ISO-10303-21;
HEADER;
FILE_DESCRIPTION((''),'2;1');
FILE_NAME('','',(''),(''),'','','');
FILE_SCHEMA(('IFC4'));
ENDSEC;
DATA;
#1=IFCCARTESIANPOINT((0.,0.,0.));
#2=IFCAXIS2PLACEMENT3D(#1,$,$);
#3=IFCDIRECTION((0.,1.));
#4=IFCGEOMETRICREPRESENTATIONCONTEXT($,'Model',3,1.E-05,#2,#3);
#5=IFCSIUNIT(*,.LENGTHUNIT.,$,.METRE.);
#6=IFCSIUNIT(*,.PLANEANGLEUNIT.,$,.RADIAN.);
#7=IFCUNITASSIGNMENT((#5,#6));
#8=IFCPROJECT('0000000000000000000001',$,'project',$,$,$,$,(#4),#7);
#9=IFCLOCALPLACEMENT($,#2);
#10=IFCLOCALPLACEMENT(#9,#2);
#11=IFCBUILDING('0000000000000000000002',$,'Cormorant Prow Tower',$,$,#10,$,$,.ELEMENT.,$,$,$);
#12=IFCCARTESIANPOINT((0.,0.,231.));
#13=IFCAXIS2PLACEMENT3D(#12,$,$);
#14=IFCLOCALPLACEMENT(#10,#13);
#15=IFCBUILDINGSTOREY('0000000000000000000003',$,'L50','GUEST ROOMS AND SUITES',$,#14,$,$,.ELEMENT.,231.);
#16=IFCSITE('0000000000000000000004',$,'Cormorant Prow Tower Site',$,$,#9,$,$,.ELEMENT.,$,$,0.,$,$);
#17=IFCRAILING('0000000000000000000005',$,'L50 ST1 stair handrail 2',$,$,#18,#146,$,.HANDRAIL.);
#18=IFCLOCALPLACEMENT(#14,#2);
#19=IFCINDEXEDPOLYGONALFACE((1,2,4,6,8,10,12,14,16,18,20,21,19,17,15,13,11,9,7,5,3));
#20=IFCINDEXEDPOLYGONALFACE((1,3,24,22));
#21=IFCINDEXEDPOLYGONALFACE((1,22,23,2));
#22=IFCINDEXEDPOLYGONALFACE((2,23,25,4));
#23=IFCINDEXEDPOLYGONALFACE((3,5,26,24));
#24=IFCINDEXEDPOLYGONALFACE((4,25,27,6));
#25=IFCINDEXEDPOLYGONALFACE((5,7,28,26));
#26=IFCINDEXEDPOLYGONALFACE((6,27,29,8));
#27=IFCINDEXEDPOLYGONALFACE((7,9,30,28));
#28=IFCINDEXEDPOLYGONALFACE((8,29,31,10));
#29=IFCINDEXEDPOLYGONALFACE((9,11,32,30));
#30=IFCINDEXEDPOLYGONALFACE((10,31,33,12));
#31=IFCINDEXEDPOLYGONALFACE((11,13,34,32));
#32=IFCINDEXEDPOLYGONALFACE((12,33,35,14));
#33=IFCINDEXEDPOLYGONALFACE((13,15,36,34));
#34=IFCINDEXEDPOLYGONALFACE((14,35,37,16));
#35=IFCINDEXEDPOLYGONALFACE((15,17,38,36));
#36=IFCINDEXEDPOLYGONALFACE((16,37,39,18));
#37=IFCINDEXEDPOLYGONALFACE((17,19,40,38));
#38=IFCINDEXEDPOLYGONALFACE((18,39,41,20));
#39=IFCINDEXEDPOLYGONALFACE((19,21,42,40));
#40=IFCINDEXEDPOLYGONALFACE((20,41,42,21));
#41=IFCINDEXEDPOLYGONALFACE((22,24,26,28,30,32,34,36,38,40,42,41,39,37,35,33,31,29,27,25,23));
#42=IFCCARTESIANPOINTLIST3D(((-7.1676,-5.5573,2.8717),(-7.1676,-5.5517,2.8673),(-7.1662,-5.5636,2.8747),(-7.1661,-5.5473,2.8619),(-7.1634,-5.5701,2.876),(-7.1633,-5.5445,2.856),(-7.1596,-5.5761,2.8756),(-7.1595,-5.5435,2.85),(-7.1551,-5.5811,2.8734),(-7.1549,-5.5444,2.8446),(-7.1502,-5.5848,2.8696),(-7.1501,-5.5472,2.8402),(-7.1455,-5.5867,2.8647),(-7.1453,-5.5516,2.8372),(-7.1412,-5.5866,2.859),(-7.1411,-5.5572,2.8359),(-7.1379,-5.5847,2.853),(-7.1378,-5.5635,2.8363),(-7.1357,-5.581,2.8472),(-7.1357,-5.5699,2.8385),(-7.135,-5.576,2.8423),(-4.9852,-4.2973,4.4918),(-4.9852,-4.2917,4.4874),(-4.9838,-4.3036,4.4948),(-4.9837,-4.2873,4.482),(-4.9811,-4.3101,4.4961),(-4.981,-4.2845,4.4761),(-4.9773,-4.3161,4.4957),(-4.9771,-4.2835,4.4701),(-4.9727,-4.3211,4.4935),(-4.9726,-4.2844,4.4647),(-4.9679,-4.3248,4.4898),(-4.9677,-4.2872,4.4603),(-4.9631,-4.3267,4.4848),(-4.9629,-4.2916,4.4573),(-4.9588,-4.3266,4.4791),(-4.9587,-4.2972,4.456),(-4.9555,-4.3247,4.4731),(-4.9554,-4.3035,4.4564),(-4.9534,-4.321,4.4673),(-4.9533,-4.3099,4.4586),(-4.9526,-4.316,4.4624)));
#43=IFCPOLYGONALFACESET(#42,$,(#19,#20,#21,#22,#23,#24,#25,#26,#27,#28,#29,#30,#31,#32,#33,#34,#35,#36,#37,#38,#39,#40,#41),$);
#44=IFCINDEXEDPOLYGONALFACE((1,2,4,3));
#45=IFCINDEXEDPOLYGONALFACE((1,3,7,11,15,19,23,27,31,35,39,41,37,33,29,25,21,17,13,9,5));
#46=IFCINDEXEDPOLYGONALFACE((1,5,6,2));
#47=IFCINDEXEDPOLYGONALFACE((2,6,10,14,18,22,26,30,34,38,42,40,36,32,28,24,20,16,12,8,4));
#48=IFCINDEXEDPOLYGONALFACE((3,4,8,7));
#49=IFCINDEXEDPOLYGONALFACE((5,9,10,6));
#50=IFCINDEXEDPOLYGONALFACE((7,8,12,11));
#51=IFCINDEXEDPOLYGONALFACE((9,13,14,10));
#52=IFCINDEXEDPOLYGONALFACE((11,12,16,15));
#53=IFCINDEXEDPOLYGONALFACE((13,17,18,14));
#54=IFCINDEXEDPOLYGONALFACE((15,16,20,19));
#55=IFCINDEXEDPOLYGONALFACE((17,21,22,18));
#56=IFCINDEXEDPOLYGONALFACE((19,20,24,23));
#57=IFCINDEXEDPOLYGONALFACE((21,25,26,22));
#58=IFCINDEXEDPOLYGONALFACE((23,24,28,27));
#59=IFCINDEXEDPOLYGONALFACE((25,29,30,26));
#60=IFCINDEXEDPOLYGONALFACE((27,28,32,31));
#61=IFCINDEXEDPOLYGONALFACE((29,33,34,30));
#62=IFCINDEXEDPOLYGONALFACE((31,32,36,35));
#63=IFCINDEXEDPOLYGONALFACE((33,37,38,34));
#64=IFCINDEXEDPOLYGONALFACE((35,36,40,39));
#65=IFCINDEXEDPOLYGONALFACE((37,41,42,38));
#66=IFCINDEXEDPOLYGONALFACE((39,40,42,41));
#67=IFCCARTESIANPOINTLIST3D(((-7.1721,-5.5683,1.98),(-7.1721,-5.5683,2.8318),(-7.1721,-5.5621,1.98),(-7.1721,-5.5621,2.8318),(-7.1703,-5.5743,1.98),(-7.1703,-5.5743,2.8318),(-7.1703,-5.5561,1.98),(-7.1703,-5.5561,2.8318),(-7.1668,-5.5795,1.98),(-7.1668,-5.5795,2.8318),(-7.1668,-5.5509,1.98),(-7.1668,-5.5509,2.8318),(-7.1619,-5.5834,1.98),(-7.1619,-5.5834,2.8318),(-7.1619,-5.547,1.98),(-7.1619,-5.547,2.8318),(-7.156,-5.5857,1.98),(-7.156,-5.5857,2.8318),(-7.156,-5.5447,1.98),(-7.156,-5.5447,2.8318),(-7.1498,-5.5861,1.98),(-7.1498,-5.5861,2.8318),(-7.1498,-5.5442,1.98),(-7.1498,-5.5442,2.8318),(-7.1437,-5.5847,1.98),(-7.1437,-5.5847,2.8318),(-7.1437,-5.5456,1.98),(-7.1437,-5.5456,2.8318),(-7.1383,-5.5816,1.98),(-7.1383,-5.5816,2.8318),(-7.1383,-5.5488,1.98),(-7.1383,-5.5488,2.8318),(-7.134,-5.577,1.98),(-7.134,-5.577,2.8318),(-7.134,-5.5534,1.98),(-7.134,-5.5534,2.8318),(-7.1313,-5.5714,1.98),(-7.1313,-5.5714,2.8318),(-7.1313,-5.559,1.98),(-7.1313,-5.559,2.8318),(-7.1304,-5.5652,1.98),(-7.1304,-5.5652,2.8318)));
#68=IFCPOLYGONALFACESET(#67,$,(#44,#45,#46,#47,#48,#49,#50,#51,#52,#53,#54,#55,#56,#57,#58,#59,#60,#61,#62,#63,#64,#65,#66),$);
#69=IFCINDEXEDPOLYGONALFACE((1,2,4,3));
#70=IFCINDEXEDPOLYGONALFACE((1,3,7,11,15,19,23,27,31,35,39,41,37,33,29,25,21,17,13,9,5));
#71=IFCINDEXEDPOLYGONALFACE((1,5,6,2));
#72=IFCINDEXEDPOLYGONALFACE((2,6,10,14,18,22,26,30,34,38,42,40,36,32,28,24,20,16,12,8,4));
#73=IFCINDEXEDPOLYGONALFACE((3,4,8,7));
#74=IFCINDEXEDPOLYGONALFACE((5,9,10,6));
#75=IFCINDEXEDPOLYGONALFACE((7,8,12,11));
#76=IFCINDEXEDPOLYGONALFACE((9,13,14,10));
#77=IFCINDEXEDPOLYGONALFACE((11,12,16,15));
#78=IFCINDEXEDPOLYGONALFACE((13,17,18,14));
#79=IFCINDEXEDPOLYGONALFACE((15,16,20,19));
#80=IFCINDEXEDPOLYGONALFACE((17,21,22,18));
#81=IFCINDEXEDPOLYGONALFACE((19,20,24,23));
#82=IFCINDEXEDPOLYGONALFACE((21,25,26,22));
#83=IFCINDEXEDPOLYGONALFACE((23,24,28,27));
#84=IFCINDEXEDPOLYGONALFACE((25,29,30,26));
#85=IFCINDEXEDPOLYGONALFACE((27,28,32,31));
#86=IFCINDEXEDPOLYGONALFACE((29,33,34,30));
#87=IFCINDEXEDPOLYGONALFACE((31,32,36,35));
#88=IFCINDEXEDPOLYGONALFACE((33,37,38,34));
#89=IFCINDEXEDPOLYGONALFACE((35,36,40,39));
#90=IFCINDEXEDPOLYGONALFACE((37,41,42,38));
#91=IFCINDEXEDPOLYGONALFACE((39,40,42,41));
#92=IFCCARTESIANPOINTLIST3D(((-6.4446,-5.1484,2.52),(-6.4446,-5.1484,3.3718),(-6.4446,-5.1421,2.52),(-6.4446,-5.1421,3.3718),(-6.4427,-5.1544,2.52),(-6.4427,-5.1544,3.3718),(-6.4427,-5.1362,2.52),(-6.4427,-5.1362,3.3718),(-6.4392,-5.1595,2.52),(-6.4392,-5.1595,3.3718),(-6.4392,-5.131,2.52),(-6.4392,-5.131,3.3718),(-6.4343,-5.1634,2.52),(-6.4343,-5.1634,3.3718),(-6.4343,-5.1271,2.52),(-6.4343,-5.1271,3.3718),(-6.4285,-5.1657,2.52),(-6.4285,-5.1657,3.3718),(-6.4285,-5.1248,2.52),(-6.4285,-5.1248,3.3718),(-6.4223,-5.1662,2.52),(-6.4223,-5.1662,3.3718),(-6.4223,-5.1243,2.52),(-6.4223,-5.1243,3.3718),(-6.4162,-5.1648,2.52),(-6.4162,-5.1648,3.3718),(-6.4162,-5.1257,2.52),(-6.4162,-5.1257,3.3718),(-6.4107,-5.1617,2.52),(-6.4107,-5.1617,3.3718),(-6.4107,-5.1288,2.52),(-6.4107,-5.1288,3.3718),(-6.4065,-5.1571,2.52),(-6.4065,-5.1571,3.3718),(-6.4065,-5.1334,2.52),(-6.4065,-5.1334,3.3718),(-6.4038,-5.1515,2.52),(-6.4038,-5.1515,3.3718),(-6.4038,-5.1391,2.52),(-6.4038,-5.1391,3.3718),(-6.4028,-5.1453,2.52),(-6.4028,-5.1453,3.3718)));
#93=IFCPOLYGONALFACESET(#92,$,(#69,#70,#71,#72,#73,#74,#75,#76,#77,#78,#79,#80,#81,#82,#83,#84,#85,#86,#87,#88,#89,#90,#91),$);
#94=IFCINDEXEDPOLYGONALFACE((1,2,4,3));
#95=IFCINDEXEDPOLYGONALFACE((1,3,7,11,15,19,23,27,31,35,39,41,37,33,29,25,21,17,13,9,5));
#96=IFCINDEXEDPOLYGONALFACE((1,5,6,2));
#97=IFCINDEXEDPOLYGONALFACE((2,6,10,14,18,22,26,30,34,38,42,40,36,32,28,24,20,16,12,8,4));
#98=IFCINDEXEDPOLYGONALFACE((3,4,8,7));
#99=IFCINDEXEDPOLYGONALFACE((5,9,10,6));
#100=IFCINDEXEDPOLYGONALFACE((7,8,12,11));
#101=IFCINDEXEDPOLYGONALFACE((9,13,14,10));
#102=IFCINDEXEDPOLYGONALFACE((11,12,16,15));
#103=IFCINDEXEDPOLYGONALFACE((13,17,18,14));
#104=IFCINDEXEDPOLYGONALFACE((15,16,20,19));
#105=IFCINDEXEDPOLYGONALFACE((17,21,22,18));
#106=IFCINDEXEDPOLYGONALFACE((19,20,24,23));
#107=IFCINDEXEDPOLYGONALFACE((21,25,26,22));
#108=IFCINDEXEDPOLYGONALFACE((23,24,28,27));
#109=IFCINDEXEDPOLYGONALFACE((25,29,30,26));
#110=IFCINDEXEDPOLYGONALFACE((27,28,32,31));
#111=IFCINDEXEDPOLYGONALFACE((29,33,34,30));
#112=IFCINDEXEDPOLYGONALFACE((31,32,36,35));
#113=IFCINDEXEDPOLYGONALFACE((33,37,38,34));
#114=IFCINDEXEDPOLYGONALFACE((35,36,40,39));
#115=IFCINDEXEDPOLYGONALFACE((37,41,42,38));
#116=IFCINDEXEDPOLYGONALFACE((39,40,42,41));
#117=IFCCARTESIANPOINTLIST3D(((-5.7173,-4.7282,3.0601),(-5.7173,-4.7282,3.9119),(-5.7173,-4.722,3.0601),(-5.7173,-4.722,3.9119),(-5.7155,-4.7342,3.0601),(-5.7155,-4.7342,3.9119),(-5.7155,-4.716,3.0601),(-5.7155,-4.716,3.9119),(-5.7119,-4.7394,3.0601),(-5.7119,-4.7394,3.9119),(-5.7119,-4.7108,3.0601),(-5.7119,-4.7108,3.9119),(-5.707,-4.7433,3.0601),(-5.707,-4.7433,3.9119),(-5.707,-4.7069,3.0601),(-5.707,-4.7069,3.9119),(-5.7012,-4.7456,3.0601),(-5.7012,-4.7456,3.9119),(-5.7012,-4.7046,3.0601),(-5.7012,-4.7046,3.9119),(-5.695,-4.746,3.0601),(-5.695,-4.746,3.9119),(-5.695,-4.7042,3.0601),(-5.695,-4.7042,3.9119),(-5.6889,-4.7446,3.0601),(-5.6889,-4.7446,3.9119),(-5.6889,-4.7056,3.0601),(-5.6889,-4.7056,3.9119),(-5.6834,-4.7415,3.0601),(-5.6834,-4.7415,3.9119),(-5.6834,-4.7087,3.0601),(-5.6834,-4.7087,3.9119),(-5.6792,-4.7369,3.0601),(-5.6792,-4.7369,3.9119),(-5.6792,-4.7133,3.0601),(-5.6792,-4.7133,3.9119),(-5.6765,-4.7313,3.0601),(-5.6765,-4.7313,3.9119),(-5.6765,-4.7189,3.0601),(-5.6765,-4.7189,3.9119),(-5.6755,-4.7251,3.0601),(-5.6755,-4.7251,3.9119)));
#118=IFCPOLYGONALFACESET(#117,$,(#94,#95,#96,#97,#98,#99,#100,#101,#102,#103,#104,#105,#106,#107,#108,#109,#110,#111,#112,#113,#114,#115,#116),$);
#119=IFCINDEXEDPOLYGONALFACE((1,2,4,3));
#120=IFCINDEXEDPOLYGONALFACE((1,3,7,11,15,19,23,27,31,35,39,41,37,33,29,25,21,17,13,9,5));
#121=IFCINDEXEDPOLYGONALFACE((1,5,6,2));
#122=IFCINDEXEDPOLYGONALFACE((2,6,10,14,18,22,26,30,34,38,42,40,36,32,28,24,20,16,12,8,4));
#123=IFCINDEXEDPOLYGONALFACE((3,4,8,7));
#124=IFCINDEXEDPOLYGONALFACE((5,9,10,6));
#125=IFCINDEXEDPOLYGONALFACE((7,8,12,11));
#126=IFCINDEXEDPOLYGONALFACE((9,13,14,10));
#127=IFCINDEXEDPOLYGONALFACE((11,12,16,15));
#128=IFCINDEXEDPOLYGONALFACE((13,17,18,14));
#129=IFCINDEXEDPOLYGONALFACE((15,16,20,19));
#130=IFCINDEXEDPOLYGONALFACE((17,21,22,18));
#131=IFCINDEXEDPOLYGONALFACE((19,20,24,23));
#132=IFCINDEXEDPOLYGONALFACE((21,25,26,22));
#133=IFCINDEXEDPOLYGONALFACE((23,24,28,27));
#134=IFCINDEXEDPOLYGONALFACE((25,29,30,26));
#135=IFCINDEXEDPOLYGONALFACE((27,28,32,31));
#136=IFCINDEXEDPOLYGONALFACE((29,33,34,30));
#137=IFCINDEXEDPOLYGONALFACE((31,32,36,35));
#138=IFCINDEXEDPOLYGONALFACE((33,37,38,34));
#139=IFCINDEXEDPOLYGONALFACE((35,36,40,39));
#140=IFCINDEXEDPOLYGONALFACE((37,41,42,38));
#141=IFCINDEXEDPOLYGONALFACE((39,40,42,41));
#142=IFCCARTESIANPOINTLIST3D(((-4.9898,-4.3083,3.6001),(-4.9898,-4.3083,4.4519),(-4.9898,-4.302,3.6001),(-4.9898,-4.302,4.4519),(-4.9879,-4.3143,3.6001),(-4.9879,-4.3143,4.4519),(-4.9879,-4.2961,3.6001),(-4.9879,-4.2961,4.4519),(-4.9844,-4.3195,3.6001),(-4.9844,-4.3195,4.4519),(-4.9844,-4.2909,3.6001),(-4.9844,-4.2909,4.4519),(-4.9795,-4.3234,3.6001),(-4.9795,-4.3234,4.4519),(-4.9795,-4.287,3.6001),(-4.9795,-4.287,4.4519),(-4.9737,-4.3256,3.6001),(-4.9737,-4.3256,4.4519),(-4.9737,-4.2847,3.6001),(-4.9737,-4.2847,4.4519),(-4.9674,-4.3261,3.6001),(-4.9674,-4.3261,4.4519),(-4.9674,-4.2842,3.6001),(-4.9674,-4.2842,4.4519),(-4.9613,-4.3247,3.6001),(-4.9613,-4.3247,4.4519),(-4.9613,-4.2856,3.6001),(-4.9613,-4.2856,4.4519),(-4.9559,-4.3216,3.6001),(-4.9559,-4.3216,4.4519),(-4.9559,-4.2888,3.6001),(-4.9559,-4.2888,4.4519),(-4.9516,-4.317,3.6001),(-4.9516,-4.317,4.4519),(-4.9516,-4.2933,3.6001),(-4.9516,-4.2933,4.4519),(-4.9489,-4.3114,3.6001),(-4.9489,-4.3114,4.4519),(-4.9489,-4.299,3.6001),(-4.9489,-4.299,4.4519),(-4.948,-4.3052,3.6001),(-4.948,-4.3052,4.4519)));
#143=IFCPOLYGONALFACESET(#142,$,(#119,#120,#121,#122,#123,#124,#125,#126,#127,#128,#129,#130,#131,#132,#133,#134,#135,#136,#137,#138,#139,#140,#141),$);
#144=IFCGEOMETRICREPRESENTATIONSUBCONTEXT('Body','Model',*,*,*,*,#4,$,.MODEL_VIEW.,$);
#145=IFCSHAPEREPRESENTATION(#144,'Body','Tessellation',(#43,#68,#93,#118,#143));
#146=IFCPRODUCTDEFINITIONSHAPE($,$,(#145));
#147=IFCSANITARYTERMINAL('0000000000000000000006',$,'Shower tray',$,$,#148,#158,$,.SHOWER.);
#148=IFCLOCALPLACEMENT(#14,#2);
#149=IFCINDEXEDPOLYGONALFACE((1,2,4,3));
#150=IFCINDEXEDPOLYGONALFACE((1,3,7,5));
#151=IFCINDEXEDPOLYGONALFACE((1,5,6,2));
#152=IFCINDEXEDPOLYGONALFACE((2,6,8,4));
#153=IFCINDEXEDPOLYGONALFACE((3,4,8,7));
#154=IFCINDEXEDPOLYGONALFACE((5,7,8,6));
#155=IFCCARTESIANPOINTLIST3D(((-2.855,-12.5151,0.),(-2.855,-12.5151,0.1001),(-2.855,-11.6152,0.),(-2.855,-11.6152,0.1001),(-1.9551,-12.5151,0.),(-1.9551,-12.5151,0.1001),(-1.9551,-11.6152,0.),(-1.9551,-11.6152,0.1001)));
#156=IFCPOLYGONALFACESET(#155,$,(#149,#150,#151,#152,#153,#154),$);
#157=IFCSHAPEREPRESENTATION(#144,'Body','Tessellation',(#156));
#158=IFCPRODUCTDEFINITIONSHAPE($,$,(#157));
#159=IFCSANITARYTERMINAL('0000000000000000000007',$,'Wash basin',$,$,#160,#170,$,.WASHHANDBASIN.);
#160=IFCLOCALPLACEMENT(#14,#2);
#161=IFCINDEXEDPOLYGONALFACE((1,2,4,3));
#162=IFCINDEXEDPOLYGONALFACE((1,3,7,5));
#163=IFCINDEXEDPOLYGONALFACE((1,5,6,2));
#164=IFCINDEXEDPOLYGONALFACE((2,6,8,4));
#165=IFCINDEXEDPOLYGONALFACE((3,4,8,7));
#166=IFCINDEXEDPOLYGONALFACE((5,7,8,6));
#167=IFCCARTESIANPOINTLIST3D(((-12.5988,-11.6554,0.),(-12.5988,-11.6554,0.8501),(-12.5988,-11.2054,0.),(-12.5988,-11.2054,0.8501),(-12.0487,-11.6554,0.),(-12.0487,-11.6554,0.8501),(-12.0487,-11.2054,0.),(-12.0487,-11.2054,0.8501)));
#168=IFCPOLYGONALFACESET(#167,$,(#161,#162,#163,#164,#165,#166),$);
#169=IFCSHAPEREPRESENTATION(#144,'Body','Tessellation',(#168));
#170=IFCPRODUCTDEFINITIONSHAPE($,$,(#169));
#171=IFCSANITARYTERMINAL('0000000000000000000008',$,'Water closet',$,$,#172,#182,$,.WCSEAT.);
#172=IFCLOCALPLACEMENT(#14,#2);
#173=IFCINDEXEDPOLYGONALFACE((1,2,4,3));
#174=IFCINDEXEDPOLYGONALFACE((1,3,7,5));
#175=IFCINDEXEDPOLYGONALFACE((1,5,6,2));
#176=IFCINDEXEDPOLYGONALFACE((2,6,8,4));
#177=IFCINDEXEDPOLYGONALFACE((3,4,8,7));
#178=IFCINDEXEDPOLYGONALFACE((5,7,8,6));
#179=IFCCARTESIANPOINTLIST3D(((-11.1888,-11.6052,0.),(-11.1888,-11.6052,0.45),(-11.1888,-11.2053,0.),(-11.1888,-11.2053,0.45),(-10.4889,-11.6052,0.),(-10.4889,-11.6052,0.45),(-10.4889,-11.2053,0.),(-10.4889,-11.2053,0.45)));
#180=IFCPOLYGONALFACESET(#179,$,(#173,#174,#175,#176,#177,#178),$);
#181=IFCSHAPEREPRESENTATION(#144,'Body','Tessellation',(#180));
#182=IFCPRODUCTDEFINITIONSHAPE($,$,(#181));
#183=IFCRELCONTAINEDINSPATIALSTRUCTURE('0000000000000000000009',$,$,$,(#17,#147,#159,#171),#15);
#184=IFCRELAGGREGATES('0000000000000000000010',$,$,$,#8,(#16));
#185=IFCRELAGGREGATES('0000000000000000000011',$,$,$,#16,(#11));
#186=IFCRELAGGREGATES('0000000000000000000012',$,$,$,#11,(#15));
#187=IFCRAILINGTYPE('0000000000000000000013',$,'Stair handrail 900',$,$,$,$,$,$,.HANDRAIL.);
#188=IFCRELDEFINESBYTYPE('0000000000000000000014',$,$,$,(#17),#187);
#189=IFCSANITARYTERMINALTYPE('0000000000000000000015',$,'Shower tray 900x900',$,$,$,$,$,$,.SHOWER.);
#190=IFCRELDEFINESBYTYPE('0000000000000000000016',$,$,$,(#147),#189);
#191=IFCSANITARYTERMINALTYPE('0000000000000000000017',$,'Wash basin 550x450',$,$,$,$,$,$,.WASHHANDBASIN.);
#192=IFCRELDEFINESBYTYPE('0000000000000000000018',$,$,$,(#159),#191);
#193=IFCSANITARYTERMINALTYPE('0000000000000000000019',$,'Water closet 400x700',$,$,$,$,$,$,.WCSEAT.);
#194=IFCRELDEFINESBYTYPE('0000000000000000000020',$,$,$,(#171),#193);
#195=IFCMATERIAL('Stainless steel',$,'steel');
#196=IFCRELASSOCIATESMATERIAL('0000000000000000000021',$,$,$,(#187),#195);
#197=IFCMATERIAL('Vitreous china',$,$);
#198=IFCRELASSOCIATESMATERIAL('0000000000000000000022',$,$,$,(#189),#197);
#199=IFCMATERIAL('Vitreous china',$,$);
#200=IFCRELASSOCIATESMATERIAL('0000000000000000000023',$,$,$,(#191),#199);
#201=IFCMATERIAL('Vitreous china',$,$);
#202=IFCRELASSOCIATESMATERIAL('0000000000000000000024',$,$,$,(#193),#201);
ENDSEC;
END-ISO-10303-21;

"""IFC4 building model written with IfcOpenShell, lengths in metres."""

from ifc_helpers import new_model, si_unit, direction, frame, origin, origin_2d, place, context, subcontext, project, spatial, rectangle, circle, extrude, material, type_object, element, save


model = new_model("IFC4")

# Units and contexts
model_context = context("Model", 3, precision=1e-05, world=origin(), true_north=direction((0.0, 1.0)))
body_context = subcontext(model_context, "Body", "Model", "MODEL_VIEW")
ifc_project = project(units=[si_unit("LENGTHUNIT", "METRE"), si_unit("PLANEANGLEUNIT", "RADIAN")], contexts=[model_context])

# Site, building, storey
site_placement = place(None, origin())
site = spatial("IfcSite", under=ifc_project, at=site_placement, Name="Cormorant Prow Tower Site", CompositionType="ELEMENT", RefElevation=0.0)
building_placement = place(site_placement, origin())
building = spatial("IfcBuilding", under=site, at=building_placement, Name="Cormorant Prow Tower", CompositionType="ELEMENT")
storey_placement = place(building_placement, frame((0.0, 0.0, 231.0)))
storey = spatial("IfcBuildingStorey", under=building, at=storey_placement, Name="L50", Description="GUEST ROOMS AND SUITES", CompositionType="ELEMENT", Elevation=231.0)

# Railing
ifc_material_1 = material(Name="Stainless steel", Category="steel")
railing_type_1 = type_object("IfcRailingType", Name="Stair handrail 900", PredefinedType="HANDRAIL", material=ifc_material_1)
railing_1_placement = place(storey_placement, frame((-7.1514, -5.5652, 1.98)))
element("IfcRailing", 1, at=railing_1_placement, inside=storey, type_object=railing_type_1, Name="L50 ST1 stair handrail 2", PredefinedType="HANDRAIL", context=body_context, shape_type="SweptSolid", body=[
    extrude(circle(Radius=0.0239, at=origin_2d()), frame((0.0, 0.0, 0.876), z_axis=(0.728464, 0.420584, 0.540786), x_axis=(-0.500005, 0.866023, 0.0)), (0.0, 0.0, 1.0), 2.9958),
    extrude(circle(Radius=0.021, at=origin_2d()), origin(), (0.0, 0.0, 1.0), 0.8518),
    extrude(circle(Radius=0.021, at=origin_2d()), frame((0.7275, 0.4199, 0.54)), (0.0, 0.0, 1.0), 0.8518),
    extrude(circle(Radius=0.021, at=origin_2d()), frame((1.4548, 0.8401, 1.0801)), (0.0, 0.0, 1.0), 0.8518),
    extrude(circle(Radius=0.021, at=origin_2d()), frame((2.1824, 1.26, 1.6201)), (0.0, 0.0, 1.0), 0.8518),
])

# Sanitary terminals
ifc_material_2 = material(Name="Vitreous china")
sanitary_terminal_type_1 = type_object("IfcSanitaryTerminalType", Name="Shower tray 900x900", PredefinedType="SHOWER", material=ifc_material_2)
sanitary_terminal_1_placement = place(storey_placement, frame((-2.405, -12.0652, 0.0), z_axis=(0.0, 0.0, 1.0), x_axis=(1.0, 0.0, 0.0)))
element("IfcSanitaryTerminal", 2, at=sanitary_terminal_1_placement, inside=storey, type_object=sanitary_terminal_type_1, Name="Shower tray", PredefinedType="SHOWER", context=body_context, shape_type="SweptSolid", body=[
    extrude(rectangle(XDim=0.8999, YDim=0.8999, at=origin_2d()), origin(), (0.0, 0.0, 1.0), 0.1001),
])
ifc_material_3 = material(Name="Vitreous china")
sanitary_terminal_type_2 = type_object("IfcSanitaryTerminalType", Name="Wash basin 550x450", PredefinedType="WASHHANDBASIN", material=ifc_material_3)
sanitary_terminal_2_placement = place(storey_placement, frame((-12.3237, -11.4304, 0.0), z_axis=(0.0, 0.0, 1.0), x_axis=(1.0, 0.0, 0.0)))
element("IfcSanitaryTerminal", 3, at=sanitary_terminal_2_placement, inside=storey, type_object=sanitary_terminal_type_2, Name="Wash basin", PredefinedType="WASHHANDBASIN", context=body_context, shape_type="SweptSolid", body=[
    extrude(rectangle(XDim=0.55, YDim=0.45, at=origin_2d()), origin(), (0.0, 0.0, 1.0), 0.8501),
])
ifc_material_4 = material(Name="Vitreous china")
sanitary_terminal_type_3 = type_object("IfcSanitaryTerminalType", Name="Water closet 400x700", PredefinedType="WCSEAT", material=ifc_material_4)
sanitary_terminal_3_placement = place(storey_placement, frame((-10.8389, -11.4053, 0.0), z_axis=(0.0, 0.0, 1.0), x_axis=(0.0, -1.0, 0.0)))
element("IfcSanitaryTerminal", 4, at=sanitary_terminal_3_placement, inside=storey, type_object=sanitary_terminal_type_3, Name="Water closet", PredefinedType="WCSEAT", context=body_context, shape_type="SweptSolid", body=[
    extrude(rectangle(XDim=0.3999, YDim=0.7, at=origin_2d()), origin(), (0.0, 0.0, 1.0), 0.45),
])

save(model, "model.ifc")
